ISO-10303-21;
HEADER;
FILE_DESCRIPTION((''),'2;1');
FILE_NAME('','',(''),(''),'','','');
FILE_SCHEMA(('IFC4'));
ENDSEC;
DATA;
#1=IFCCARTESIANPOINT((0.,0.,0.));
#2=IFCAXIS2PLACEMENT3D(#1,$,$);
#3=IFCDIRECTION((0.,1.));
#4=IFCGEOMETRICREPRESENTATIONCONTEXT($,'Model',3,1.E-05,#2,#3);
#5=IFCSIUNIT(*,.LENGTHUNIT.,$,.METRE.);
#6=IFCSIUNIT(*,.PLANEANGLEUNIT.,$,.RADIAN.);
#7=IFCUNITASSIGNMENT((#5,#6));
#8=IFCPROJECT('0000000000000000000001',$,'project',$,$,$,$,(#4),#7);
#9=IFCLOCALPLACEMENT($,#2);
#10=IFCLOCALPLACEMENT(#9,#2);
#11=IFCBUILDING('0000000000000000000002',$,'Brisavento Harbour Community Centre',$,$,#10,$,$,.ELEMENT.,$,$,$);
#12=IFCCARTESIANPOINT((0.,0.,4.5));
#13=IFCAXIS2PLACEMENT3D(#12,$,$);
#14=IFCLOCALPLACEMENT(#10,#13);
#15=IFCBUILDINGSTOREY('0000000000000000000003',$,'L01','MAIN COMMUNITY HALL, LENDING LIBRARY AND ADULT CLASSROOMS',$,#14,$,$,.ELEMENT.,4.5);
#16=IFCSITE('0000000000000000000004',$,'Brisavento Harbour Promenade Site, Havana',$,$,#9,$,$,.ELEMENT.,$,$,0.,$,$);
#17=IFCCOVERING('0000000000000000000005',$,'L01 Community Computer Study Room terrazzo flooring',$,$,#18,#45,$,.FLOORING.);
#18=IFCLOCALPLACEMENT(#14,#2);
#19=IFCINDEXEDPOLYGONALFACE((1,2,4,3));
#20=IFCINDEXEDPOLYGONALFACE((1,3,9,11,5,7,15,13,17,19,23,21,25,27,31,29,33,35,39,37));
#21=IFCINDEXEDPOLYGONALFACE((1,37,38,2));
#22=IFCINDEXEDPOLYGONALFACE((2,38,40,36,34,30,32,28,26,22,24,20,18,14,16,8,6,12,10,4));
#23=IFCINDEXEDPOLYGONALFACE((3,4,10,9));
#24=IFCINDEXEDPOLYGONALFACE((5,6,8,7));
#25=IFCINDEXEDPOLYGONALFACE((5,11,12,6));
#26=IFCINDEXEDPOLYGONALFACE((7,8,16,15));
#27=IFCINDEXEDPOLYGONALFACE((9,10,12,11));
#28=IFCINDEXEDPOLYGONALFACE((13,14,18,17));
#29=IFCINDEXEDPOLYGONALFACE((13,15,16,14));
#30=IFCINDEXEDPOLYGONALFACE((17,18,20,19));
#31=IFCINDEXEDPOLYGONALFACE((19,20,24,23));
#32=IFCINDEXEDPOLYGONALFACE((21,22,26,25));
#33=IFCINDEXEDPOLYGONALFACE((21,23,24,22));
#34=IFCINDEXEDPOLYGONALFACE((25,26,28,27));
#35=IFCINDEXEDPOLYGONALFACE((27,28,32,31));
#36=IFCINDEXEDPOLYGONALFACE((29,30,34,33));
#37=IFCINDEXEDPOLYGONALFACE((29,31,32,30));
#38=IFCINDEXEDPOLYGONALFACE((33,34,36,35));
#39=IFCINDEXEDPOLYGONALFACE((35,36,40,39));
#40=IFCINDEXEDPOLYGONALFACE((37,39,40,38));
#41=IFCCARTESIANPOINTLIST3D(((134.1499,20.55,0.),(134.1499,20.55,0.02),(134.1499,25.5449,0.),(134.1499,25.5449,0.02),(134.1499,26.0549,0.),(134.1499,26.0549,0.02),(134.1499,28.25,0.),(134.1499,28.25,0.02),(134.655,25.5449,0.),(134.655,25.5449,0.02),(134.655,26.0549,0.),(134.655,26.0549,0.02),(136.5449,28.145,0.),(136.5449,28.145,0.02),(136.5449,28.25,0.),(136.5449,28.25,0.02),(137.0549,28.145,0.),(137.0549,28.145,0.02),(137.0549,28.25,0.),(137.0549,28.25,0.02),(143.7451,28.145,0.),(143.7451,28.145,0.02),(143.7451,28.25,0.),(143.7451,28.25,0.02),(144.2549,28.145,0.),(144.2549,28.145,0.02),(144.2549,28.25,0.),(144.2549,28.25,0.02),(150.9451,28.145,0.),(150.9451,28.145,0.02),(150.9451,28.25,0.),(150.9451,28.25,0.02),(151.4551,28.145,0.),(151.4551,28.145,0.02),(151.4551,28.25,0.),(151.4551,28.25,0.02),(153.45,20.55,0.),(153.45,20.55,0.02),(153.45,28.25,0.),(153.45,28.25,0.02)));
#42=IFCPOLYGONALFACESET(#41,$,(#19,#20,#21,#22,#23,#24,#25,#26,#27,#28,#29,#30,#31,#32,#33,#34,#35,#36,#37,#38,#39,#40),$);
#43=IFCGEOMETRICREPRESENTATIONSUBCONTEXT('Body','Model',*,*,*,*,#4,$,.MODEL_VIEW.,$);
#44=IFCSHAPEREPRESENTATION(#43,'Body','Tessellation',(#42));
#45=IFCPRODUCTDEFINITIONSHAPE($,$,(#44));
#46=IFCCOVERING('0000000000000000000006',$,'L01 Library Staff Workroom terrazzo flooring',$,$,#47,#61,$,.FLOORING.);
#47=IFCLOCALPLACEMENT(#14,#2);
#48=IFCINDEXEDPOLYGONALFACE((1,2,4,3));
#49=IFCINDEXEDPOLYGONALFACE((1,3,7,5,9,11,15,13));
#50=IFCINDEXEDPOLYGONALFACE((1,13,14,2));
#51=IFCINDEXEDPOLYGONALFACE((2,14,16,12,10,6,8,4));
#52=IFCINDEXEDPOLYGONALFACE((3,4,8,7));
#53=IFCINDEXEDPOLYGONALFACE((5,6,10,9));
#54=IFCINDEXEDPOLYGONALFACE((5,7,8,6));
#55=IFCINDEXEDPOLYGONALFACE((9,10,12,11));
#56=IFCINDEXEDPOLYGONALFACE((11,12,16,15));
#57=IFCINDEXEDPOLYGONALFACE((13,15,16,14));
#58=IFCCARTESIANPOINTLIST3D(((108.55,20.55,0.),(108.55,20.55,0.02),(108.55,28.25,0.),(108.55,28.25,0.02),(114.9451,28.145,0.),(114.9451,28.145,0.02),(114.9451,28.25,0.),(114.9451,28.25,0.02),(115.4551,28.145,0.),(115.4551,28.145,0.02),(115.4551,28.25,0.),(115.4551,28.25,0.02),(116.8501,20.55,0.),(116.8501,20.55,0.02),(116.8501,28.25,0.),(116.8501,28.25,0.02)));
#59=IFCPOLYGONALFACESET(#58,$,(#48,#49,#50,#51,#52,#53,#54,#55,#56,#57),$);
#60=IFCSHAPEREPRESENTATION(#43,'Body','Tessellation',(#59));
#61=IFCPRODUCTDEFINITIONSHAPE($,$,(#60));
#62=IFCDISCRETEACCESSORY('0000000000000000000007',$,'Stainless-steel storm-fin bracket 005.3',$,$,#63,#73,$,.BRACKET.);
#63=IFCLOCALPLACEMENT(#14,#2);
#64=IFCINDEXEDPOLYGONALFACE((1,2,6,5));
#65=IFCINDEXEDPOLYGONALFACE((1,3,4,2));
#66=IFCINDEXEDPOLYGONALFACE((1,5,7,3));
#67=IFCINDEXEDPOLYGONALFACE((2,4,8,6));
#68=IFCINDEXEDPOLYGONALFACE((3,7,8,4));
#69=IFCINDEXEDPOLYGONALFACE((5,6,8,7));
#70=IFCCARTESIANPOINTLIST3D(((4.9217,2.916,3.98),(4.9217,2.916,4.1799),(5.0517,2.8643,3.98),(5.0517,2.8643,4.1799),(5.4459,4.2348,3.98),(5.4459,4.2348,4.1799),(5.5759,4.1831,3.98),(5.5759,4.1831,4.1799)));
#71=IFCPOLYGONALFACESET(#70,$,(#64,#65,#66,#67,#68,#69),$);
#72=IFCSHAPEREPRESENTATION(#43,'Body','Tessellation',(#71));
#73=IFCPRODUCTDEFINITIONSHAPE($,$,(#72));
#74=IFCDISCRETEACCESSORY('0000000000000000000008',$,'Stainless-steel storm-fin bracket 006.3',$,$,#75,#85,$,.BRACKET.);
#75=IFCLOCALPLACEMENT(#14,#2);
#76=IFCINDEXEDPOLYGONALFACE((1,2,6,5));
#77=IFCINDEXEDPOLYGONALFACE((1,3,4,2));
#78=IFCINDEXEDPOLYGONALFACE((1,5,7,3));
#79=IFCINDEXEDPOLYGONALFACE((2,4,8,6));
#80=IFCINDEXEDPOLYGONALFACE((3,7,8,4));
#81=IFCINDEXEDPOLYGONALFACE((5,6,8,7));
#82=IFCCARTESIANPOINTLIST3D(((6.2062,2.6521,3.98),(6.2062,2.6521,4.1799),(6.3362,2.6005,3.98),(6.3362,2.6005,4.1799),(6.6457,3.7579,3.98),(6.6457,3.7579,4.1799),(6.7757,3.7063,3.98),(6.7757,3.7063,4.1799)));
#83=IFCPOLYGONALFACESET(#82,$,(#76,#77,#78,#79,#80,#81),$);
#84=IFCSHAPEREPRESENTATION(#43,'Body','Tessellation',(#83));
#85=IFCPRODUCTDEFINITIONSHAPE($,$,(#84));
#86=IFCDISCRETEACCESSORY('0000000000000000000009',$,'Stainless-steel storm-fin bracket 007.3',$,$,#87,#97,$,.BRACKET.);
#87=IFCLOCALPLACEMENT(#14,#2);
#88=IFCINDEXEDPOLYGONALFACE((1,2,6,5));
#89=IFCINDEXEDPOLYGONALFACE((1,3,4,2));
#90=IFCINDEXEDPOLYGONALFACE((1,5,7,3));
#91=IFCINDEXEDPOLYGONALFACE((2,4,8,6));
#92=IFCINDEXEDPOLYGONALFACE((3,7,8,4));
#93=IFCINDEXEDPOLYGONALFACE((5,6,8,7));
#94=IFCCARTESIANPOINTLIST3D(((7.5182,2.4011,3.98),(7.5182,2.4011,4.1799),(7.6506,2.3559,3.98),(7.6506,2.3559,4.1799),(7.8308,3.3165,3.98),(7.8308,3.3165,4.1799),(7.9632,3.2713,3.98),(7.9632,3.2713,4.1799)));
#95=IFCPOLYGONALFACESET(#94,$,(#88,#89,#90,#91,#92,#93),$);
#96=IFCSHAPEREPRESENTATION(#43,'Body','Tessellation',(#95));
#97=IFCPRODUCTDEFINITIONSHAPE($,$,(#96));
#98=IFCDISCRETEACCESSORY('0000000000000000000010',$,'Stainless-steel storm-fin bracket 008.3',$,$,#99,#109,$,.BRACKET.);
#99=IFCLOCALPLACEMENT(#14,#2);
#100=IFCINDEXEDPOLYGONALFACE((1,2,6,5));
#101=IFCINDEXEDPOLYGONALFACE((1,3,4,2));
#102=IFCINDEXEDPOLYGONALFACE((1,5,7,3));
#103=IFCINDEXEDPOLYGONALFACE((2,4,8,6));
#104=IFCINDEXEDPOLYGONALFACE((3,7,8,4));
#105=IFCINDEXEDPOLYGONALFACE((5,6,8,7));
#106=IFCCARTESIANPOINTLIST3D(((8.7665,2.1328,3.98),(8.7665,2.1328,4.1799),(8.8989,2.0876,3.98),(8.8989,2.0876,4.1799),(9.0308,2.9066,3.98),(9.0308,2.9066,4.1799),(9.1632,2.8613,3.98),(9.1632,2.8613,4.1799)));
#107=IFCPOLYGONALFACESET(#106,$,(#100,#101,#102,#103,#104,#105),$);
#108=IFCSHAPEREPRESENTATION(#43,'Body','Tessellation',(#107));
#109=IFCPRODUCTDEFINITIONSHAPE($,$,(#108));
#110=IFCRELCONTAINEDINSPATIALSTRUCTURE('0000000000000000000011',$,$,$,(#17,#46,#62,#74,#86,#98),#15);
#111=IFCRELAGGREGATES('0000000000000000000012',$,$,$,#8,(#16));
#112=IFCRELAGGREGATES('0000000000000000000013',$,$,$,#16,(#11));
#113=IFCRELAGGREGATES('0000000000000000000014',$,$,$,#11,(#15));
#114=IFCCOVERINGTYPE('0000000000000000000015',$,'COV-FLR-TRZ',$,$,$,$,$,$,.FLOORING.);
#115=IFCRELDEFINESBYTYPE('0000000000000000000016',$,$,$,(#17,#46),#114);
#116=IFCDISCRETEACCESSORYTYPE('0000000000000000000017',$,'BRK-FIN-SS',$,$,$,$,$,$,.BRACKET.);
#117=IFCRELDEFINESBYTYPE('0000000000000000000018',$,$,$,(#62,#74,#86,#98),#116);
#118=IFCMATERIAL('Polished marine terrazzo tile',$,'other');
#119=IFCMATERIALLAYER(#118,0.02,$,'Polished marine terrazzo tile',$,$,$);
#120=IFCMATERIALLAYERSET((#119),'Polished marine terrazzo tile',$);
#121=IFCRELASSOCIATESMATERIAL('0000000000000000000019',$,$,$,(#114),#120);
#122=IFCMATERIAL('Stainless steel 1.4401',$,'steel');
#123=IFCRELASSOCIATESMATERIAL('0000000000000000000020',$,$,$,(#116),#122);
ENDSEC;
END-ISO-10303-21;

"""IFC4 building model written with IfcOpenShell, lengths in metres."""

from ifc_helpers import new_model, si_unit, direction, frame, origin, origin_2d, place, context, subcontext, project, spatial, polyline, rectangle, outline, extrude, material, layer, layer_set, type_object, element, save


model = new_model("IFC4")

# Units and contexts
model_context = context("Model", 3, precision=1e-05, world=origin(), true_north=direction((0.0, 1.0)))
body_context = subcontext(model_context, "Body", "Model", "MODEL_VIEW")
ifc_project = project(units=[si_unit("LENGTHUNIT", "METRE"), si_unit("PLANEANGLEUNIT", "RADIAN")], contexts=[model_context])

# Site, building, storey
site_placement = place(None, origin())
site = spatial("IfcSite", under=ifc_project, at=site_placement, Name="Brisavento Harbour Promenade Site, Havana", CompositionType="ELEMENT", RefElevation=0.0)
building_placement = place(site_placement, origin())
building = spatial("IfcBuilding", under=site, at=building_placement, Name="Brisavento Harbour Community Centre", CompositionType="ELEMENT")
storey_placement = place(building_placement, frame((0.0, 0.0, 4.5)))
storey = spatial("IfcBuildingStorey", under=building, at=storey_placement, Name="L01", Description="MAIN COMMUNITY HALL, LENDING LIBRARY AND ADULT CLASSROOMS", CompositionType="ELEMENT", Elevation=4.5)

# Coverings
ifc_material_1 = material(Name="Polished marine terrazzo tile", Category="other")
ifc_layer_1 = layer(ifc_material_1, 0.02, Name="Polished marine terrazzo tile")
ifc_layer_set_1 = layer_set([ifc_layer_1], Name="Polished marine terrazzo tile")
covering_type_1 = type_object("IfcCoveringType", Name="COV-FLR-TRZ", PredefinedType="FLOORING", material=ifc_layer_set_1)
covering_1_placement = place(storey_placement, origin())
element("IfcCovering", 1, at=covering_1_placement, inside=storey, type_object=covering_type_1, Name="L01 Community Computer Study Room terrazzo flooring", PredefinedType="FLOORING", context=body_context, shape_type="SweptSolid", body=[
    extrude(outline(polyline([(143.7451, 28.145), (143.7451, 28.25), (137.0549, 28.25), (137.0549, 28.145), (136.5449, 28.145), (136.5449, 28.25), (134.1499, 28.25), (134.1499, 26.0549), (134.655, 26.0549), (134.655, 25.5449), (134.1499, 25.5449), (134.1499, 20.55), (153.45, 20.55), (153.45, 28.25), (151.4551, 28.25), (151.4551, 28.145), (150.9451, 28.145), (150.9451, 28.25), (144.2549, 28.25), (144.2549, 28.145), (143.7451, 28.145)])), origin(), (0.0, 0.0, 1.0), 0.02),
])
covering_2_placement = place(storey_placement, origin())
element("IfcCovering", 2, at=covering_2_placement, inside=storey, type_object=covering_type_1, Name="L01 Library Staff Workroom terrazzo flooring", PredefinedType="FLOORING", context=body_context, shape_type="SweptSolid", body=[
    extrude(outline(polyline([(108.55, 28.25), (108.55, 20.55), (116.8501, 20.55), (116.8501, 28.25), (115.4551, 28.25), (115.4551, 28.145), (114.9451, 28.145), (114.9451, 28.25), (108.55, 28.25)])), origin(), (0.0, 0.0, 1.0), 0.02),
])

# Discrete accessories
ifc_material_2 = material(Name="Stainless steel 1.4401", Category="steel")
discrete_accessory_type = type_object("IfcDiscreteAccessoryType", Name="BRK-FIN-SS", PredefinedType="BRACKET", material=ifc_material_2)
discrete_accessory_1_placement = place(storey_placement, frame((5.2488, 3.5496, 3.98), z_axis=(0.0, 0.0, 1.0), x_axis=(-0.369341, -0.929294, 0.0)))
element("IfcDiscreteAccessory", 3, at=discrete_accessory_1_placement, inside=storey, type_object=discrete_accessory_type, Name="Stainless-steel storm-fin bracket 005.3", PredefinedType="BRACKET", context=body_context, shape_type="SweptSolid", body=[
    extrude(rectangle(XDim=1.4192, YDim=0.1399, at=origin_2d()), origin(), (0.0, 0.0, 1.0), 0.2),
])
discrete_accessory_2_placement = place(storey_placement, frame((6.491, 3.1792, 3.98), z_axis=(0.0, 0.0, 1.0), x_axis=(-0.369341, -0.929294, 0.0)))
element("IfcDiscreteAccessory", 4, at=discrete_accessory_2_placement, inside=storey, type_object=discrete_accessory_type, Name="Stainless-steel storm-fin bracket 006.3", PredefinedType="BRACKET", context=body_context, shape_type="SweptSolid", body=[
    extrude(rectangle(XDim=1.1899, YDim=0.1399, at=origin_2d()), origin(), (0.0, 0.0, 1.0), 0.2),
])
discrete_accessory_3_placement = place(storey_placement, frame((7.7407, 2.8362, 3.98), z_axis=(0.0, 0.0, 1.0), x_axis=(-0.323174, -0.946339, 0.0)))
element("IfcDiscreteAccessory", 5, at=discrete_accessory_3_placement, inside=storey, type_object=discrete_accessory_type, Name="Stainless-steel storm-fin bracket 007.3", PredefinedType="BRACKET", context=body_context, shape_type="SweptSolid", body=[
    extrude(rectangle(XDim=0.9673, YDim=0.1399, at=origin_2d()), origin(), (0.0, 0.0, 1.0), 0.2),
])
discrete_accessory_4_placement = place(storey_placement, frame((8.9648, 2.4971, 3.98), z_axis=(0.0, 0.0, 1.0), x_axis=(-0.323174, -0.946339, 0.0)))
element("IfcDiscreteAccessory", 6, at=discrete_accessory_4_placement, inside=storey, type_object=discrete_accessory_type, Name="Stainless-steel storm-fin bracket 008.3", PredefinedType="BRACKET", context=body_context, shape_type="SweptSolid", body=[
    extrude(rectangle(XDim=0.8176, YDim=0.1399, at=origin_2d()), origin(), (0.0, 0.0, 1.0), 0.2),
])

save(model, "model.ifc")
